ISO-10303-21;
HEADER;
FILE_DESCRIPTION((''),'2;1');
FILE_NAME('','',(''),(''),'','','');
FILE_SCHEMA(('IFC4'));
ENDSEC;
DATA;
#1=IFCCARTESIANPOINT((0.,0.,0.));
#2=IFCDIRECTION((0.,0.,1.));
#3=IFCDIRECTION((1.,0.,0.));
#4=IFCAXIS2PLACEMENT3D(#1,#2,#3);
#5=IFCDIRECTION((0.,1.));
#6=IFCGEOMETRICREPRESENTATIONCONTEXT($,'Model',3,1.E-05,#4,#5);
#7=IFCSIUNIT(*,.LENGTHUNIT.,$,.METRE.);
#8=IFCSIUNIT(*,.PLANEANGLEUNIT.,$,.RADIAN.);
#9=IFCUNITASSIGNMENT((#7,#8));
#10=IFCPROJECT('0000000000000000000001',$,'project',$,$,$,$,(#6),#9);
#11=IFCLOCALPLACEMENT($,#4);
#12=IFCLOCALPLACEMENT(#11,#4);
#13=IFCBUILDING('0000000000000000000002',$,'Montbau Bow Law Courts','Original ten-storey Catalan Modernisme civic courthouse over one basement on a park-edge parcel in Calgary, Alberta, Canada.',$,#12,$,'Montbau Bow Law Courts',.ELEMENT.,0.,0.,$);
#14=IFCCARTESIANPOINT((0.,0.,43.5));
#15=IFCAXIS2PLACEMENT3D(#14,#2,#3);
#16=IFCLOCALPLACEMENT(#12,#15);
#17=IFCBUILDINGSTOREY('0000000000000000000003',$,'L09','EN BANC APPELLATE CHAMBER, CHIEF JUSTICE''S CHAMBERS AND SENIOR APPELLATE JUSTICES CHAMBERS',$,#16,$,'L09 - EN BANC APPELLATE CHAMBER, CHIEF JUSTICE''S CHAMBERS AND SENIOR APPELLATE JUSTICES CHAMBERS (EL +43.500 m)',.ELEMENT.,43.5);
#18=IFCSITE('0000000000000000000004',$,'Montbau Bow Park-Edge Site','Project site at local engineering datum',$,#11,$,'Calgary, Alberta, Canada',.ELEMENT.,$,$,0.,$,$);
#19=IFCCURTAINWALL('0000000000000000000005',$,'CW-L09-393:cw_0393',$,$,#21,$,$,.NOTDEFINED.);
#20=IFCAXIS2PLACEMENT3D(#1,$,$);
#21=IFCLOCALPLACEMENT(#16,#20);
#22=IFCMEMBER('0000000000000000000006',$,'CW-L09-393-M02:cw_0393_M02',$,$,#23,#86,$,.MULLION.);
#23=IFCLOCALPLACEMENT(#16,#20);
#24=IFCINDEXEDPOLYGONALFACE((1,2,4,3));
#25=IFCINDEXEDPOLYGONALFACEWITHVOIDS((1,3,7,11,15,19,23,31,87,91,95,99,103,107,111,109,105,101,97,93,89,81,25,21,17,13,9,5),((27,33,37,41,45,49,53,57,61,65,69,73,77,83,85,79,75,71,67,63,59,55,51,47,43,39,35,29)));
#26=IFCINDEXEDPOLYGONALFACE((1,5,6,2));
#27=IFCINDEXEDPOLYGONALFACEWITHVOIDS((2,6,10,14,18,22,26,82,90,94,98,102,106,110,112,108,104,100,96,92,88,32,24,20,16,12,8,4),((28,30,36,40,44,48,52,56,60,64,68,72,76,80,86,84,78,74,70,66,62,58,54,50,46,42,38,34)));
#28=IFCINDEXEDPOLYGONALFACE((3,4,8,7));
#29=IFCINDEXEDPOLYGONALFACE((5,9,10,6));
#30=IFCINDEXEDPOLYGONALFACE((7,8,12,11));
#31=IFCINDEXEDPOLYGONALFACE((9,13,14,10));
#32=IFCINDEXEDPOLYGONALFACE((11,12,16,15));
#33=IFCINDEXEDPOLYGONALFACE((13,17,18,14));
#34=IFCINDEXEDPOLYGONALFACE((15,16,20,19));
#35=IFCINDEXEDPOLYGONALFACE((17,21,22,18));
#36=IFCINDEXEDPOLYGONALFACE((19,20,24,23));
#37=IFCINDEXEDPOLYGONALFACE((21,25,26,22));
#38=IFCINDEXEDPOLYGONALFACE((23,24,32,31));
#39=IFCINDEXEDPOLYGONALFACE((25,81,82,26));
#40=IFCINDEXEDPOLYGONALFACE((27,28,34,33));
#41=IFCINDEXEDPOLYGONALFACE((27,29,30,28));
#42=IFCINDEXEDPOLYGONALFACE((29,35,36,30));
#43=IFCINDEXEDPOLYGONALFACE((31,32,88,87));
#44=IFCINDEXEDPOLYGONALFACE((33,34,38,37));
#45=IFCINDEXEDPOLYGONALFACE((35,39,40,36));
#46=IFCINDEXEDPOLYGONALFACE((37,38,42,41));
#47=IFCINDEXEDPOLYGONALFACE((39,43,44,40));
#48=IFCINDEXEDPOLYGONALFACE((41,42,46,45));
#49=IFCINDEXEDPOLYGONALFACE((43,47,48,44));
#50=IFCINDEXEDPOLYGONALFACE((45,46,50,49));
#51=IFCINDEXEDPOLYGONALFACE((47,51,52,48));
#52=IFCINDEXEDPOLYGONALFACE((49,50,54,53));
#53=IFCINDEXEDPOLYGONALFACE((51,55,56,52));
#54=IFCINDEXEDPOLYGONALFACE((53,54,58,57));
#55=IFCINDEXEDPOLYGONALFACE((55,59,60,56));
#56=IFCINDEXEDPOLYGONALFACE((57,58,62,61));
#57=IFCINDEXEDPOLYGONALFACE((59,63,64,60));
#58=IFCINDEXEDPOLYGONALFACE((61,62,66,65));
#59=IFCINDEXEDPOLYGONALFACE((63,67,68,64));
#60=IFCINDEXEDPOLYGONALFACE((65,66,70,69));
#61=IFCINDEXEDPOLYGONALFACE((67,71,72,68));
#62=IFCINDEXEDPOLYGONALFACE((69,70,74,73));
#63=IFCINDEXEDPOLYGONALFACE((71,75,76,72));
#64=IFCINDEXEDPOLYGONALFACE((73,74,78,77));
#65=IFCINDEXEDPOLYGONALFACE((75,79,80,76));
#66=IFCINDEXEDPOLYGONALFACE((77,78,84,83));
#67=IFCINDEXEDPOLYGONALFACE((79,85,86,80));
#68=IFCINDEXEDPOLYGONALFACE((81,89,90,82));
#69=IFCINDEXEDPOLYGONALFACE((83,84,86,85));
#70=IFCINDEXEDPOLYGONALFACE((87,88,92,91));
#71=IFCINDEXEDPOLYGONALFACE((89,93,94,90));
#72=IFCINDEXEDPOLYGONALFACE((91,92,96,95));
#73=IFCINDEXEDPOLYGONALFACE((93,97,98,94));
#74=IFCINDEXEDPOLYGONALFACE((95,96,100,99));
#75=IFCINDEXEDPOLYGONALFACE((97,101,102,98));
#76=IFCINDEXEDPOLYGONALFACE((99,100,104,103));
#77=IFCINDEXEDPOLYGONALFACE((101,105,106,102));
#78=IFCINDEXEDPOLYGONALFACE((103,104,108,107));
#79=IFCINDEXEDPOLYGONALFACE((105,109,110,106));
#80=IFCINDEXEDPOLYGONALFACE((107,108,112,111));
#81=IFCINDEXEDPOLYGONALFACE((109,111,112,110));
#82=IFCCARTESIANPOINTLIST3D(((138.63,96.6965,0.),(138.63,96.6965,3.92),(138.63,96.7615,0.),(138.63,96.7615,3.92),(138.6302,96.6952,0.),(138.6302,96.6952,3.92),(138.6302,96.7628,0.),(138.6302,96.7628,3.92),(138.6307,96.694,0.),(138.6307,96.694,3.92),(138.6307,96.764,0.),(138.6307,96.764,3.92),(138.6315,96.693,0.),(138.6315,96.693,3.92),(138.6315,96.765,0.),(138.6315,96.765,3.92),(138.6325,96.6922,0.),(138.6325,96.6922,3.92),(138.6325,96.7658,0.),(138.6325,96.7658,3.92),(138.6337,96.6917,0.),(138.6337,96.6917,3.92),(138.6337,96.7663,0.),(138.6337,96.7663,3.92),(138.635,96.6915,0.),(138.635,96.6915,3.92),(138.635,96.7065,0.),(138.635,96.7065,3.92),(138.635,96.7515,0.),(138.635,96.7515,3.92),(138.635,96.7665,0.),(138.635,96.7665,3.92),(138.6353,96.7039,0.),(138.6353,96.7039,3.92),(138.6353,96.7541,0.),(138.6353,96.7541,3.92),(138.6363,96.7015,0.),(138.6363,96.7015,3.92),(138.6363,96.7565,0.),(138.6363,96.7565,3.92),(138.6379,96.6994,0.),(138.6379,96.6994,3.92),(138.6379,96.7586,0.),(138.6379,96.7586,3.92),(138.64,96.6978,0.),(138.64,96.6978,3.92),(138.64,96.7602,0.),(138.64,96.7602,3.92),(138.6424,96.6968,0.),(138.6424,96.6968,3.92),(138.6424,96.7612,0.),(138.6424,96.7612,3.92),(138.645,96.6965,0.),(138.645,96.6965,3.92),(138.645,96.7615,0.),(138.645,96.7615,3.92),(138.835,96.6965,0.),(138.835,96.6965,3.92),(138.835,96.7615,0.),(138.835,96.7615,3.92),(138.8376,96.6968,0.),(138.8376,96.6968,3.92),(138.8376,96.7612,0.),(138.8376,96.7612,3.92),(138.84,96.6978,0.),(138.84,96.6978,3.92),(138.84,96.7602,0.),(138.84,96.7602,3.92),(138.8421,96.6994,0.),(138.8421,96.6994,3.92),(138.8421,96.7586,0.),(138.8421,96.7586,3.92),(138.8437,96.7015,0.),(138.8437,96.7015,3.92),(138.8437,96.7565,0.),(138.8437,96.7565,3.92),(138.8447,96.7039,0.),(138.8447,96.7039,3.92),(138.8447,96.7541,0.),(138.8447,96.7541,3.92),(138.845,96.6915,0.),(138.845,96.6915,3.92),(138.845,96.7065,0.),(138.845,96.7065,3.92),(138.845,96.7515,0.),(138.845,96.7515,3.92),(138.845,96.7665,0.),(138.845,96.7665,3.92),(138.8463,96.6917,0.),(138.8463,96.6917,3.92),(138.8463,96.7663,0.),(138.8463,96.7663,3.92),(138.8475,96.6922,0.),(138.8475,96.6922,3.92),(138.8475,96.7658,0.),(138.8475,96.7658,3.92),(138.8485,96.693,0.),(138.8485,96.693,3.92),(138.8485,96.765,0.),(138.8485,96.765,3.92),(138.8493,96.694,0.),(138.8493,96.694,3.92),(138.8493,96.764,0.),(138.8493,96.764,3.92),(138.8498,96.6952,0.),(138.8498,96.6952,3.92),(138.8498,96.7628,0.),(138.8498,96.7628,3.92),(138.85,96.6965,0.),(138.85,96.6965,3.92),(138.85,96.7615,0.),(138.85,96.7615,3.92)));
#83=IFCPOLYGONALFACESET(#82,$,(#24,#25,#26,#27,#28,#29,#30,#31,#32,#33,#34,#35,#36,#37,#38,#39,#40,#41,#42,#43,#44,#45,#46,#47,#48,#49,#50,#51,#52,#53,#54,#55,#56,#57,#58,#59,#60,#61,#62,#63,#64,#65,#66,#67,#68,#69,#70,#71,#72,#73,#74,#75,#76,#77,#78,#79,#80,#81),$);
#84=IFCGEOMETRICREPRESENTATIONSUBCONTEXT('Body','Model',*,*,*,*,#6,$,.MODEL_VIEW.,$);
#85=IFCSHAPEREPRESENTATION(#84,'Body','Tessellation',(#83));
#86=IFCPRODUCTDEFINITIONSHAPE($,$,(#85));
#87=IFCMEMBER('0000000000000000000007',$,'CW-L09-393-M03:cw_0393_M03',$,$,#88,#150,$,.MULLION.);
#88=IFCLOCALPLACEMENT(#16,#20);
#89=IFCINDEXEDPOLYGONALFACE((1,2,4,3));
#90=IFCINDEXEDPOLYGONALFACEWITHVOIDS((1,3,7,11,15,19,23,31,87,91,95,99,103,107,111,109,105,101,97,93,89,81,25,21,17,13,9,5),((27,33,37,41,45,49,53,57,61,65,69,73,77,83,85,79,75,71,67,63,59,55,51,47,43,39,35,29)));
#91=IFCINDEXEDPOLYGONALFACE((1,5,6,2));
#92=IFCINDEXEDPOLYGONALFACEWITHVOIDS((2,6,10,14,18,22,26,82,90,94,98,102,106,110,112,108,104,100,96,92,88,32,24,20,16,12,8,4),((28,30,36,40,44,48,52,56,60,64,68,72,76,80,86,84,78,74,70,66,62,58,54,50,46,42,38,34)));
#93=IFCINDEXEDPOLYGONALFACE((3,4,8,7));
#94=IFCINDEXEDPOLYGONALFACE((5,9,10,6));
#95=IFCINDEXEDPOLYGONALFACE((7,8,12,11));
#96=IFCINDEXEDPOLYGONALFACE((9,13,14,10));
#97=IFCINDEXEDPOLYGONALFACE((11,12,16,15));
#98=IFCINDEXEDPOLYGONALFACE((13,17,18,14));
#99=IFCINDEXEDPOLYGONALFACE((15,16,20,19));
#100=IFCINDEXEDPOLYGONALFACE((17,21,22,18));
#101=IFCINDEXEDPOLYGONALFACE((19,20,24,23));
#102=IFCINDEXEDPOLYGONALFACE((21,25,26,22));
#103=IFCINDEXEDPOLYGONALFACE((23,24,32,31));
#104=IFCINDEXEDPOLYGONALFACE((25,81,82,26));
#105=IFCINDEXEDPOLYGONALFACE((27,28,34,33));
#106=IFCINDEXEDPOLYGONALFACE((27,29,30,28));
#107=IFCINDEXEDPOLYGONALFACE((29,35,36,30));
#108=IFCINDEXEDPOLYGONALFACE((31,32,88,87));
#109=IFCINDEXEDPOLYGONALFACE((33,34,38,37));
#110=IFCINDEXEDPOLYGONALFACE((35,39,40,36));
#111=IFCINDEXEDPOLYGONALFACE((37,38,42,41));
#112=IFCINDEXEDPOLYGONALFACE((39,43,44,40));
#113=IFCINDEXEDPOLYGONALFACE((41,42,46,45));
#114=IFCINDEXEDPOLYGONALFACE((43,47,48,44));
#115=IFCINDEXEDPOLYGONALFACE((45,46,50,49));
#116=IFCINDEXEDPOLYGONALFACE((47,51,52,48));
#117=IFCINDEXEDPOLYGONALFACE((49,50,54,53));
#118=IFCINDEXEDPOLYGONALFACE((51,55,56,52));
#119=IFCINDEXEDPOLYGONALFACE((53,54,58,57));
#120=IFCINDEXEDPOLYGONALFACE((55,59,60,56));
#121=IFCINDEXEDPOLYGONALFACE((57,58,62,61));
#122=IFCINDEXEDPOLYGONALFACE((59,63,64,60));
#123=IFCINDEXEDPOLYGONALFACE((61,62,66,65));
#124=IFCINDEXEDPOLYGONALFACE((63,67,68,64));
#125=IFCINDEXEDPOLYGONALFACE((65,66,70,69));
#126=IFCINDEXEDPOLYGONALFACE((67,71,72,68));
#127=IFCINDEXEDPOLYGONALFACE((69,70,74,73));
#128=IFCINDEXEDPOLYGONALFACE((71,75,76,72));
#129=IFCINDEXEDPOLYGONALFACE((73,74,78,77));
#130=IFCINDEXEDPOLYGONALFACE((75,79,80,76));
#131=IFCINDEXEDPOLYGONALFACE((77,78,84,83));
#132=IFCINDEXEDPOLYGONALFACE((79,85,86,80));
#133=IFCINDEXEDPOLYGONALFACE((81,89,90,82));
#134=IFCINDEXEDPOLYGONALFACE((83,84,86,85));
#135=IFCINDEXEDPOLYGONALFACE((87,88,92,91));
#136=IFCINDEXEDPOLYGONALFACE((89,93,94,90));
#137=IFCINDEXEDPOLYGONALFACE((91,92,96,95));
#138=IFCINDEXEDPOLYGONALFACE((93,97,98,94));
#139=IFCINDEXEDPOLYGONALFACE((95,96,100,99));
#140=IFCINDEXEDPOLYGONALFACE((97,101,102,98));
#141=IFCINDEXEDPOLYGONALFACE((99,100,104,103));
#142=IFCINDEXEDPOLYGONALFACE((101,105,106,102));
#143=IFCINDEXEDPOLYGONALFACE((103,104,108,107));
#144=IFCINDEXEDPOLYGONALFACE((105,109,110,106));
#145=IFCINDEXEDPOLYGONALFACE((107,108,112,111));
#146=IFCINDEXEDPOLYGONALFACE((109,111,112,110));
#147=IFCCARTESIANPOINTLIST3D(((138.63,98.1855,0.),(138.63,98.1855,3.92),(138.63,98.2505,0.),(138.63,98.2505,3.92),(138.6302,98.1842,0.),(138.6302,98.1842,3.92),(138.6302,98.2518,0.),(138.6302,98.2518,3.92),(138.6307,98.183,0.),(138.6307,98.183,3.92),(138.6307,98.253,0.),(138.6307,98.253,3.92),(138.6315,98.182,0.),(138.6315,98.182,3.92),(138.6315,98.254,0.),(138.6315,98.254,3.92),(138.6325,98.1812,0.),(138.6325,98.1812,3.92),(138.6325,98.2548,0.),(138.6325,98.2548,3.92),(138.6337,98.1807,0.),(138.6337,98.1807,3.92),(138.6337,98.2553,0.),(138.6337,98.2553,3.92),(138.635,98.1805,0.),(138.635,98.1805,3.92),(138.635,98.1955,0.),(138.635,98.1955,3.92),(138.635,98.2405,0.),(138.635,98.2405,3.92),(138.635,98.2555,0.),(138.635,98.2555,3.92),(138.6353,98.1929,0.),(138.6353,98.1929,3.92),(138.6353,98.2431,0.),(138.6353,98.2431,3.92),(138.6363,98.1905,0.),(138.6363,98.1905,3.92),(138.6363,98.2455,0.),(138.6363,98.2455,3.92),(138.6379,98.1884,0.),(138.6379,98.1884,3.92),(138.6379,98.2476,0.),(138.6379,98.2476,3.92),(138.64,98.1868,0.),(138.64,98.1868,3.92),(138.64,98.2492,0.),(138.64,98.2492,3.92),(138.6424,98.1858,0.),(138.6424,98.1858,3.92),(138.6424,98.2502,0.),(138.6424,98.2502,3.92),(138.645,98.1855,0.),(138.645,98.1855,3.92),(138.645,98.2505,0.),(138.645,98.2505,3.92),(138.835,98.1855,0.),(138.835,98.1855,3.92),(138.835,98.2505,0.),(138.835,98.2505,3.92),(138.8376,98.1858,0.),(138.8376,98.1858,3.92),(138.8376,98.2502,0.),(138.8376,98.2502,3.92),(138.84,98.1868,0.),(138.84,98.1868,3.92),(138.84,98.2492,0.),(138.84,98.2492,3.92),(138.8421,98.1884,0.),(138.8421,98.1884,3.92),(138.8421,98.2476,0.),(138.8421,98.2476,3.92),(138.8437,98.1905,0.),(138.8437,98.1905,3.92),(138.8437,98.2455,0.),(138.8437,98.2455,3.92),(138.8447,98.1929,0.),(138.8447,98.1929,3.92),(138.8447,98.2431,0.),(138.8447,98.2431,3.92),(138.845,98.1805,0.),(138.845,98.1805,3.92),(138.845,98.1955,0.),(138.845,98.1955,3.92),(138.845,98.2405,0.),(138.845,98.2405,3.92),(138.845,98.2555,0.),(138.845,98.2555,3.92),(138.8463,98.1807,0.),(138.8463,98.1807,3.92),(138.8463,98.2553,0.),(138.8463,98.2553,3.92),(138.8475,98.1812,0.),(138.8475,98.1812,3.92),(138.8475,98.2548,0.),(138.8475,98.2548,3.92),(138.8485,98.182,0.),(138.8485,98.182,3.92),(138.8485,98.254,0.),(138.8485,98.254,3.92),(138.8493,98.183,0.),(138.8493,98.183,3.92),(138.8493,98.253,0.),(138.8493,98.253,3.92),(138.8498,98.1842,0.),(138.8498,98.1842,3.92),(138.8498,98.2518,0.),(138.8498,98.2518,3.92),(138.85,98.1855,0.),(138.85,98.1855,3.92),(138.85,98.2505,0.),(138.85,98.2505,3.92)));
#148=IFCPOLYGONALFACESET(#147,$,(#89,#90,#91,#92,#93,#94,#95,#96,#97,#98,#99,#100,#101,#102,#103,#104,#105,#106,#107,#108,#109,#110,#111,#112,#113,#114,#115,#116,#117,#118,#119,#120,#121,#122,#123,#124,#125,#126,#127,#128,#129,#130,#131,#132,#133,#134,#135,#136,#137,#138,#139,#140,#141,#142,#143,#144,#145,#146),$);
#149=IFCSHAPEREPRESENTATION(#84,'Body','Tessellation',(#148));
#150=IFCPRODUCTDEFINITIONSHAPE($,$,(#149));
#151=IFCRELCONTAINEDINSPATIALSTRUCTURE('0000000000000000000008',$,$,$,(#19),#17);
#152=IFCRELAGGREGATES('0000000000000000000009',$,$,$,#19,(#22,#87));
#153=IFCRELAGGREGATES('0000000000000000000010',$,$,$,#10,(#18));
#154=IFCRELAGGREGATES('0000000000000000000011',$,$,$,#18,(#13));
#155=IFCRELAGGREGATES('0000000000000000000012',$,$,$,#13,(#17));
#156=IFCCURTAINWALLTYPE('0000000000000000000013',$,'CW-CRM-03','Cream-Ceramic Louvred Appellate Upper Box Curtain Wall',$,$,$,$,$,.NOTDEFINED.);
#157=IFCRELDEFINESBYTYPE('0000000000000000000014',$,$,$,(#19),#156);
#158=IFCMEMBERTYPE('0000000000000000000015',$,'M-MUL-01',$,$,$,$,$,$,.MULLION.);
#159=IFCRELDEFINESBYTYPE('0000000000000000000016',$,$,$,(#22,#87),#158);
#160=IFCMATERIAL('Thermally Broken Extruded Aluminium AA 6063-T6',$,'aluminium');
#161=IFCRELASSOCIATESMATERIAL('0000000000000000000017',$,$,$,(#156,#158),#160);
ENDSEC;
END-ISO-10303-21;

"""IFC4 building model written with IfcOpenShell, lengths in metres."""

from ifc_helpers import new_model, si_unit, direction, frame, origin_with_axes, origin_2d_with_axis, place, context, subcontext, project, spatial, hollow_rectangle, extrude, material, material_profile, profile_set, type_object, element, aggregate, save


model = new_model("IFC4")

# Units and contexts
model_context = context("Model", 3, precision=1e-05, world=origin_with_axes(), true_north=direction((0.0, 1.0)))
body_context = subcontext(model_context, "Body", "Model", "MODEL_VIEW")
ifc_project = project(units=[si_unit("LENGTHUNIT", "METRE"), si_unit("PLANEANGLEUNIT", "RADIAN")], contexts=[model_context])

# Site, building, storey
site_placement = place(None, origin_with_axes())
site = spatial("IfcSite", under=ifc_project, at=site_placement, Name="Montbau Bow Park-Edge Site", Description="Project site at local engineering datum", LongName="Calgary, Alberta, Canada", CompositionType="ELEMENT", RefElevation=0.0)
building_placement = place(site_placement, origin_with_axes())
building = spatial("IfcBuilding", under=site, at=building_placement, Name="Montbau Bow Law Courts", Description="Original ten-storey Catalan Modernisme civic courthouse over one basement on a park-edge parcel in Calgary, Alberta, Canada.", LongName="Montbau Bow Law Courts", CompositionType="ELEMENT", ElevationOfRefHeight=0.0, ElevationOfTerrain=0.0)
storey_placement = place(building_placement, frame((0.0, 0.0, 43.5), z_axis=(0.0, 0.0, 1.0), x_axis=(1.0, 0.0, 0.0)))
storey = spatial("IfcBuildingStorey", under=building, at=storey_placement, Name="L09", Description="EN BANC APPELLATE CHAMBER, CHIEF JUSTICE'S CHAMBERS AND SENIOR APPELLATE JUSTICES CHAMBERS", LongName="L09 - EN BANC APPELLATE CHAMBER, CHIEF JUSTICE'S CHAMBERS AND SENIOR APPELLATE JUSTICES CHAMBERS (EL +43.500 m)", CompositionType="ELEMENT", Elevation=43.5)

# Curtain wall, members
ifc_material_1 = material(Name="Thermally Broken Extruded Aluminium AA 6063-T6", Category="aluminium")
curtain_wall_type = type_object("IfcCurtainWallType", Name="CW-CRM-03", Description="Cream-Ceramic Louvred Appellate Upper Box Curtain Wall", PredefinedType="NOTDEFINED", material=ifc_material_1)
curtain_wall_placement = place(None, frame((138.74, 95.24, 43.5), z_axis=(0.0, 0.0, 1.0), x_axis=(1.0, 0.0, 0.0)))
curtain_wall = element("IfcCurtainWall", 1, at=curtain_wall_placement, inside=storey, type_object=curtain_wall_type, Name="CW-L09-393:cw_0393", PredefinedType="NOTDEFINED")
ifc_material_profile_1 = material_profile(ifc_material_1, hollow_rectangle(XDim=0.075, YDim=0.22, WallThickness=0.005, InnerFilletRadius=0.01, OuterFilletRadius=0.005, at=origin_2d_with_axis()), Name="CWM-220X75", Category="Main", Priority=0)
ifc_profile_set_1 = profile_set([ifc_material_profile_1], Name="Thermally Broken Extruded Aluminium AA 6063-T6")
member_type_1 = type_object("IfcMemberType", Name="M-MUL-01", PredefinedType="MULLION", material=ifc_profile_set_1)
member_1_placement = place(None, frame((138.74, 96.729, 43.5), z_axis=(0.0, 0.0, 1.0), x_axis=(0.0, 1.0, 0.0)))
member_1 = element("IfcMember", 2, at=member_1_placement, type_object=member_type_1, Name="CW-L09-393-M02:cw_0393_M02", PredefinedType="MULLION", context=body_context, shape_type="SweptSolid", body=[
    extrude(hollow_rectangle(XDim=0.075, YDim=0.22, WallThickness=0.005, InnerFilletRadius=0.01, OuterFilletRadius=0.005, at=origin_2d_with_axis()), origin_with_axes(), (0.0, 0.0, 1.0), 3.92),
])
member_2_placement = place(None, frame((138.74, 98.218, 43.5), z_axis=(0.0, 0.0, 1.0), x_axis=(0.0, 1.0, 0.0)))
member_2 = element("IfcMember", 3, at=member_2_placement, type_object=member_type_1, Name="CW-L09-393-M03:cw_0393_M03", PredefinedType="MULLION", context=body_context, shape_type="SweptSolid", body=[
    extrude(hollow_rectangle(XDim=0.075, YDim=0.22, WallThickness=0.005, InnerFilletRadius=0.01, OuterFilletRadius=0.005, at=origin_2d_with_axis()), origin_with_axes(), (0.0, 0.0, 1.0), 3.92),
])
aggregate(curtain_wall, [member_1, member_2])

save(model, "model.ifc")
